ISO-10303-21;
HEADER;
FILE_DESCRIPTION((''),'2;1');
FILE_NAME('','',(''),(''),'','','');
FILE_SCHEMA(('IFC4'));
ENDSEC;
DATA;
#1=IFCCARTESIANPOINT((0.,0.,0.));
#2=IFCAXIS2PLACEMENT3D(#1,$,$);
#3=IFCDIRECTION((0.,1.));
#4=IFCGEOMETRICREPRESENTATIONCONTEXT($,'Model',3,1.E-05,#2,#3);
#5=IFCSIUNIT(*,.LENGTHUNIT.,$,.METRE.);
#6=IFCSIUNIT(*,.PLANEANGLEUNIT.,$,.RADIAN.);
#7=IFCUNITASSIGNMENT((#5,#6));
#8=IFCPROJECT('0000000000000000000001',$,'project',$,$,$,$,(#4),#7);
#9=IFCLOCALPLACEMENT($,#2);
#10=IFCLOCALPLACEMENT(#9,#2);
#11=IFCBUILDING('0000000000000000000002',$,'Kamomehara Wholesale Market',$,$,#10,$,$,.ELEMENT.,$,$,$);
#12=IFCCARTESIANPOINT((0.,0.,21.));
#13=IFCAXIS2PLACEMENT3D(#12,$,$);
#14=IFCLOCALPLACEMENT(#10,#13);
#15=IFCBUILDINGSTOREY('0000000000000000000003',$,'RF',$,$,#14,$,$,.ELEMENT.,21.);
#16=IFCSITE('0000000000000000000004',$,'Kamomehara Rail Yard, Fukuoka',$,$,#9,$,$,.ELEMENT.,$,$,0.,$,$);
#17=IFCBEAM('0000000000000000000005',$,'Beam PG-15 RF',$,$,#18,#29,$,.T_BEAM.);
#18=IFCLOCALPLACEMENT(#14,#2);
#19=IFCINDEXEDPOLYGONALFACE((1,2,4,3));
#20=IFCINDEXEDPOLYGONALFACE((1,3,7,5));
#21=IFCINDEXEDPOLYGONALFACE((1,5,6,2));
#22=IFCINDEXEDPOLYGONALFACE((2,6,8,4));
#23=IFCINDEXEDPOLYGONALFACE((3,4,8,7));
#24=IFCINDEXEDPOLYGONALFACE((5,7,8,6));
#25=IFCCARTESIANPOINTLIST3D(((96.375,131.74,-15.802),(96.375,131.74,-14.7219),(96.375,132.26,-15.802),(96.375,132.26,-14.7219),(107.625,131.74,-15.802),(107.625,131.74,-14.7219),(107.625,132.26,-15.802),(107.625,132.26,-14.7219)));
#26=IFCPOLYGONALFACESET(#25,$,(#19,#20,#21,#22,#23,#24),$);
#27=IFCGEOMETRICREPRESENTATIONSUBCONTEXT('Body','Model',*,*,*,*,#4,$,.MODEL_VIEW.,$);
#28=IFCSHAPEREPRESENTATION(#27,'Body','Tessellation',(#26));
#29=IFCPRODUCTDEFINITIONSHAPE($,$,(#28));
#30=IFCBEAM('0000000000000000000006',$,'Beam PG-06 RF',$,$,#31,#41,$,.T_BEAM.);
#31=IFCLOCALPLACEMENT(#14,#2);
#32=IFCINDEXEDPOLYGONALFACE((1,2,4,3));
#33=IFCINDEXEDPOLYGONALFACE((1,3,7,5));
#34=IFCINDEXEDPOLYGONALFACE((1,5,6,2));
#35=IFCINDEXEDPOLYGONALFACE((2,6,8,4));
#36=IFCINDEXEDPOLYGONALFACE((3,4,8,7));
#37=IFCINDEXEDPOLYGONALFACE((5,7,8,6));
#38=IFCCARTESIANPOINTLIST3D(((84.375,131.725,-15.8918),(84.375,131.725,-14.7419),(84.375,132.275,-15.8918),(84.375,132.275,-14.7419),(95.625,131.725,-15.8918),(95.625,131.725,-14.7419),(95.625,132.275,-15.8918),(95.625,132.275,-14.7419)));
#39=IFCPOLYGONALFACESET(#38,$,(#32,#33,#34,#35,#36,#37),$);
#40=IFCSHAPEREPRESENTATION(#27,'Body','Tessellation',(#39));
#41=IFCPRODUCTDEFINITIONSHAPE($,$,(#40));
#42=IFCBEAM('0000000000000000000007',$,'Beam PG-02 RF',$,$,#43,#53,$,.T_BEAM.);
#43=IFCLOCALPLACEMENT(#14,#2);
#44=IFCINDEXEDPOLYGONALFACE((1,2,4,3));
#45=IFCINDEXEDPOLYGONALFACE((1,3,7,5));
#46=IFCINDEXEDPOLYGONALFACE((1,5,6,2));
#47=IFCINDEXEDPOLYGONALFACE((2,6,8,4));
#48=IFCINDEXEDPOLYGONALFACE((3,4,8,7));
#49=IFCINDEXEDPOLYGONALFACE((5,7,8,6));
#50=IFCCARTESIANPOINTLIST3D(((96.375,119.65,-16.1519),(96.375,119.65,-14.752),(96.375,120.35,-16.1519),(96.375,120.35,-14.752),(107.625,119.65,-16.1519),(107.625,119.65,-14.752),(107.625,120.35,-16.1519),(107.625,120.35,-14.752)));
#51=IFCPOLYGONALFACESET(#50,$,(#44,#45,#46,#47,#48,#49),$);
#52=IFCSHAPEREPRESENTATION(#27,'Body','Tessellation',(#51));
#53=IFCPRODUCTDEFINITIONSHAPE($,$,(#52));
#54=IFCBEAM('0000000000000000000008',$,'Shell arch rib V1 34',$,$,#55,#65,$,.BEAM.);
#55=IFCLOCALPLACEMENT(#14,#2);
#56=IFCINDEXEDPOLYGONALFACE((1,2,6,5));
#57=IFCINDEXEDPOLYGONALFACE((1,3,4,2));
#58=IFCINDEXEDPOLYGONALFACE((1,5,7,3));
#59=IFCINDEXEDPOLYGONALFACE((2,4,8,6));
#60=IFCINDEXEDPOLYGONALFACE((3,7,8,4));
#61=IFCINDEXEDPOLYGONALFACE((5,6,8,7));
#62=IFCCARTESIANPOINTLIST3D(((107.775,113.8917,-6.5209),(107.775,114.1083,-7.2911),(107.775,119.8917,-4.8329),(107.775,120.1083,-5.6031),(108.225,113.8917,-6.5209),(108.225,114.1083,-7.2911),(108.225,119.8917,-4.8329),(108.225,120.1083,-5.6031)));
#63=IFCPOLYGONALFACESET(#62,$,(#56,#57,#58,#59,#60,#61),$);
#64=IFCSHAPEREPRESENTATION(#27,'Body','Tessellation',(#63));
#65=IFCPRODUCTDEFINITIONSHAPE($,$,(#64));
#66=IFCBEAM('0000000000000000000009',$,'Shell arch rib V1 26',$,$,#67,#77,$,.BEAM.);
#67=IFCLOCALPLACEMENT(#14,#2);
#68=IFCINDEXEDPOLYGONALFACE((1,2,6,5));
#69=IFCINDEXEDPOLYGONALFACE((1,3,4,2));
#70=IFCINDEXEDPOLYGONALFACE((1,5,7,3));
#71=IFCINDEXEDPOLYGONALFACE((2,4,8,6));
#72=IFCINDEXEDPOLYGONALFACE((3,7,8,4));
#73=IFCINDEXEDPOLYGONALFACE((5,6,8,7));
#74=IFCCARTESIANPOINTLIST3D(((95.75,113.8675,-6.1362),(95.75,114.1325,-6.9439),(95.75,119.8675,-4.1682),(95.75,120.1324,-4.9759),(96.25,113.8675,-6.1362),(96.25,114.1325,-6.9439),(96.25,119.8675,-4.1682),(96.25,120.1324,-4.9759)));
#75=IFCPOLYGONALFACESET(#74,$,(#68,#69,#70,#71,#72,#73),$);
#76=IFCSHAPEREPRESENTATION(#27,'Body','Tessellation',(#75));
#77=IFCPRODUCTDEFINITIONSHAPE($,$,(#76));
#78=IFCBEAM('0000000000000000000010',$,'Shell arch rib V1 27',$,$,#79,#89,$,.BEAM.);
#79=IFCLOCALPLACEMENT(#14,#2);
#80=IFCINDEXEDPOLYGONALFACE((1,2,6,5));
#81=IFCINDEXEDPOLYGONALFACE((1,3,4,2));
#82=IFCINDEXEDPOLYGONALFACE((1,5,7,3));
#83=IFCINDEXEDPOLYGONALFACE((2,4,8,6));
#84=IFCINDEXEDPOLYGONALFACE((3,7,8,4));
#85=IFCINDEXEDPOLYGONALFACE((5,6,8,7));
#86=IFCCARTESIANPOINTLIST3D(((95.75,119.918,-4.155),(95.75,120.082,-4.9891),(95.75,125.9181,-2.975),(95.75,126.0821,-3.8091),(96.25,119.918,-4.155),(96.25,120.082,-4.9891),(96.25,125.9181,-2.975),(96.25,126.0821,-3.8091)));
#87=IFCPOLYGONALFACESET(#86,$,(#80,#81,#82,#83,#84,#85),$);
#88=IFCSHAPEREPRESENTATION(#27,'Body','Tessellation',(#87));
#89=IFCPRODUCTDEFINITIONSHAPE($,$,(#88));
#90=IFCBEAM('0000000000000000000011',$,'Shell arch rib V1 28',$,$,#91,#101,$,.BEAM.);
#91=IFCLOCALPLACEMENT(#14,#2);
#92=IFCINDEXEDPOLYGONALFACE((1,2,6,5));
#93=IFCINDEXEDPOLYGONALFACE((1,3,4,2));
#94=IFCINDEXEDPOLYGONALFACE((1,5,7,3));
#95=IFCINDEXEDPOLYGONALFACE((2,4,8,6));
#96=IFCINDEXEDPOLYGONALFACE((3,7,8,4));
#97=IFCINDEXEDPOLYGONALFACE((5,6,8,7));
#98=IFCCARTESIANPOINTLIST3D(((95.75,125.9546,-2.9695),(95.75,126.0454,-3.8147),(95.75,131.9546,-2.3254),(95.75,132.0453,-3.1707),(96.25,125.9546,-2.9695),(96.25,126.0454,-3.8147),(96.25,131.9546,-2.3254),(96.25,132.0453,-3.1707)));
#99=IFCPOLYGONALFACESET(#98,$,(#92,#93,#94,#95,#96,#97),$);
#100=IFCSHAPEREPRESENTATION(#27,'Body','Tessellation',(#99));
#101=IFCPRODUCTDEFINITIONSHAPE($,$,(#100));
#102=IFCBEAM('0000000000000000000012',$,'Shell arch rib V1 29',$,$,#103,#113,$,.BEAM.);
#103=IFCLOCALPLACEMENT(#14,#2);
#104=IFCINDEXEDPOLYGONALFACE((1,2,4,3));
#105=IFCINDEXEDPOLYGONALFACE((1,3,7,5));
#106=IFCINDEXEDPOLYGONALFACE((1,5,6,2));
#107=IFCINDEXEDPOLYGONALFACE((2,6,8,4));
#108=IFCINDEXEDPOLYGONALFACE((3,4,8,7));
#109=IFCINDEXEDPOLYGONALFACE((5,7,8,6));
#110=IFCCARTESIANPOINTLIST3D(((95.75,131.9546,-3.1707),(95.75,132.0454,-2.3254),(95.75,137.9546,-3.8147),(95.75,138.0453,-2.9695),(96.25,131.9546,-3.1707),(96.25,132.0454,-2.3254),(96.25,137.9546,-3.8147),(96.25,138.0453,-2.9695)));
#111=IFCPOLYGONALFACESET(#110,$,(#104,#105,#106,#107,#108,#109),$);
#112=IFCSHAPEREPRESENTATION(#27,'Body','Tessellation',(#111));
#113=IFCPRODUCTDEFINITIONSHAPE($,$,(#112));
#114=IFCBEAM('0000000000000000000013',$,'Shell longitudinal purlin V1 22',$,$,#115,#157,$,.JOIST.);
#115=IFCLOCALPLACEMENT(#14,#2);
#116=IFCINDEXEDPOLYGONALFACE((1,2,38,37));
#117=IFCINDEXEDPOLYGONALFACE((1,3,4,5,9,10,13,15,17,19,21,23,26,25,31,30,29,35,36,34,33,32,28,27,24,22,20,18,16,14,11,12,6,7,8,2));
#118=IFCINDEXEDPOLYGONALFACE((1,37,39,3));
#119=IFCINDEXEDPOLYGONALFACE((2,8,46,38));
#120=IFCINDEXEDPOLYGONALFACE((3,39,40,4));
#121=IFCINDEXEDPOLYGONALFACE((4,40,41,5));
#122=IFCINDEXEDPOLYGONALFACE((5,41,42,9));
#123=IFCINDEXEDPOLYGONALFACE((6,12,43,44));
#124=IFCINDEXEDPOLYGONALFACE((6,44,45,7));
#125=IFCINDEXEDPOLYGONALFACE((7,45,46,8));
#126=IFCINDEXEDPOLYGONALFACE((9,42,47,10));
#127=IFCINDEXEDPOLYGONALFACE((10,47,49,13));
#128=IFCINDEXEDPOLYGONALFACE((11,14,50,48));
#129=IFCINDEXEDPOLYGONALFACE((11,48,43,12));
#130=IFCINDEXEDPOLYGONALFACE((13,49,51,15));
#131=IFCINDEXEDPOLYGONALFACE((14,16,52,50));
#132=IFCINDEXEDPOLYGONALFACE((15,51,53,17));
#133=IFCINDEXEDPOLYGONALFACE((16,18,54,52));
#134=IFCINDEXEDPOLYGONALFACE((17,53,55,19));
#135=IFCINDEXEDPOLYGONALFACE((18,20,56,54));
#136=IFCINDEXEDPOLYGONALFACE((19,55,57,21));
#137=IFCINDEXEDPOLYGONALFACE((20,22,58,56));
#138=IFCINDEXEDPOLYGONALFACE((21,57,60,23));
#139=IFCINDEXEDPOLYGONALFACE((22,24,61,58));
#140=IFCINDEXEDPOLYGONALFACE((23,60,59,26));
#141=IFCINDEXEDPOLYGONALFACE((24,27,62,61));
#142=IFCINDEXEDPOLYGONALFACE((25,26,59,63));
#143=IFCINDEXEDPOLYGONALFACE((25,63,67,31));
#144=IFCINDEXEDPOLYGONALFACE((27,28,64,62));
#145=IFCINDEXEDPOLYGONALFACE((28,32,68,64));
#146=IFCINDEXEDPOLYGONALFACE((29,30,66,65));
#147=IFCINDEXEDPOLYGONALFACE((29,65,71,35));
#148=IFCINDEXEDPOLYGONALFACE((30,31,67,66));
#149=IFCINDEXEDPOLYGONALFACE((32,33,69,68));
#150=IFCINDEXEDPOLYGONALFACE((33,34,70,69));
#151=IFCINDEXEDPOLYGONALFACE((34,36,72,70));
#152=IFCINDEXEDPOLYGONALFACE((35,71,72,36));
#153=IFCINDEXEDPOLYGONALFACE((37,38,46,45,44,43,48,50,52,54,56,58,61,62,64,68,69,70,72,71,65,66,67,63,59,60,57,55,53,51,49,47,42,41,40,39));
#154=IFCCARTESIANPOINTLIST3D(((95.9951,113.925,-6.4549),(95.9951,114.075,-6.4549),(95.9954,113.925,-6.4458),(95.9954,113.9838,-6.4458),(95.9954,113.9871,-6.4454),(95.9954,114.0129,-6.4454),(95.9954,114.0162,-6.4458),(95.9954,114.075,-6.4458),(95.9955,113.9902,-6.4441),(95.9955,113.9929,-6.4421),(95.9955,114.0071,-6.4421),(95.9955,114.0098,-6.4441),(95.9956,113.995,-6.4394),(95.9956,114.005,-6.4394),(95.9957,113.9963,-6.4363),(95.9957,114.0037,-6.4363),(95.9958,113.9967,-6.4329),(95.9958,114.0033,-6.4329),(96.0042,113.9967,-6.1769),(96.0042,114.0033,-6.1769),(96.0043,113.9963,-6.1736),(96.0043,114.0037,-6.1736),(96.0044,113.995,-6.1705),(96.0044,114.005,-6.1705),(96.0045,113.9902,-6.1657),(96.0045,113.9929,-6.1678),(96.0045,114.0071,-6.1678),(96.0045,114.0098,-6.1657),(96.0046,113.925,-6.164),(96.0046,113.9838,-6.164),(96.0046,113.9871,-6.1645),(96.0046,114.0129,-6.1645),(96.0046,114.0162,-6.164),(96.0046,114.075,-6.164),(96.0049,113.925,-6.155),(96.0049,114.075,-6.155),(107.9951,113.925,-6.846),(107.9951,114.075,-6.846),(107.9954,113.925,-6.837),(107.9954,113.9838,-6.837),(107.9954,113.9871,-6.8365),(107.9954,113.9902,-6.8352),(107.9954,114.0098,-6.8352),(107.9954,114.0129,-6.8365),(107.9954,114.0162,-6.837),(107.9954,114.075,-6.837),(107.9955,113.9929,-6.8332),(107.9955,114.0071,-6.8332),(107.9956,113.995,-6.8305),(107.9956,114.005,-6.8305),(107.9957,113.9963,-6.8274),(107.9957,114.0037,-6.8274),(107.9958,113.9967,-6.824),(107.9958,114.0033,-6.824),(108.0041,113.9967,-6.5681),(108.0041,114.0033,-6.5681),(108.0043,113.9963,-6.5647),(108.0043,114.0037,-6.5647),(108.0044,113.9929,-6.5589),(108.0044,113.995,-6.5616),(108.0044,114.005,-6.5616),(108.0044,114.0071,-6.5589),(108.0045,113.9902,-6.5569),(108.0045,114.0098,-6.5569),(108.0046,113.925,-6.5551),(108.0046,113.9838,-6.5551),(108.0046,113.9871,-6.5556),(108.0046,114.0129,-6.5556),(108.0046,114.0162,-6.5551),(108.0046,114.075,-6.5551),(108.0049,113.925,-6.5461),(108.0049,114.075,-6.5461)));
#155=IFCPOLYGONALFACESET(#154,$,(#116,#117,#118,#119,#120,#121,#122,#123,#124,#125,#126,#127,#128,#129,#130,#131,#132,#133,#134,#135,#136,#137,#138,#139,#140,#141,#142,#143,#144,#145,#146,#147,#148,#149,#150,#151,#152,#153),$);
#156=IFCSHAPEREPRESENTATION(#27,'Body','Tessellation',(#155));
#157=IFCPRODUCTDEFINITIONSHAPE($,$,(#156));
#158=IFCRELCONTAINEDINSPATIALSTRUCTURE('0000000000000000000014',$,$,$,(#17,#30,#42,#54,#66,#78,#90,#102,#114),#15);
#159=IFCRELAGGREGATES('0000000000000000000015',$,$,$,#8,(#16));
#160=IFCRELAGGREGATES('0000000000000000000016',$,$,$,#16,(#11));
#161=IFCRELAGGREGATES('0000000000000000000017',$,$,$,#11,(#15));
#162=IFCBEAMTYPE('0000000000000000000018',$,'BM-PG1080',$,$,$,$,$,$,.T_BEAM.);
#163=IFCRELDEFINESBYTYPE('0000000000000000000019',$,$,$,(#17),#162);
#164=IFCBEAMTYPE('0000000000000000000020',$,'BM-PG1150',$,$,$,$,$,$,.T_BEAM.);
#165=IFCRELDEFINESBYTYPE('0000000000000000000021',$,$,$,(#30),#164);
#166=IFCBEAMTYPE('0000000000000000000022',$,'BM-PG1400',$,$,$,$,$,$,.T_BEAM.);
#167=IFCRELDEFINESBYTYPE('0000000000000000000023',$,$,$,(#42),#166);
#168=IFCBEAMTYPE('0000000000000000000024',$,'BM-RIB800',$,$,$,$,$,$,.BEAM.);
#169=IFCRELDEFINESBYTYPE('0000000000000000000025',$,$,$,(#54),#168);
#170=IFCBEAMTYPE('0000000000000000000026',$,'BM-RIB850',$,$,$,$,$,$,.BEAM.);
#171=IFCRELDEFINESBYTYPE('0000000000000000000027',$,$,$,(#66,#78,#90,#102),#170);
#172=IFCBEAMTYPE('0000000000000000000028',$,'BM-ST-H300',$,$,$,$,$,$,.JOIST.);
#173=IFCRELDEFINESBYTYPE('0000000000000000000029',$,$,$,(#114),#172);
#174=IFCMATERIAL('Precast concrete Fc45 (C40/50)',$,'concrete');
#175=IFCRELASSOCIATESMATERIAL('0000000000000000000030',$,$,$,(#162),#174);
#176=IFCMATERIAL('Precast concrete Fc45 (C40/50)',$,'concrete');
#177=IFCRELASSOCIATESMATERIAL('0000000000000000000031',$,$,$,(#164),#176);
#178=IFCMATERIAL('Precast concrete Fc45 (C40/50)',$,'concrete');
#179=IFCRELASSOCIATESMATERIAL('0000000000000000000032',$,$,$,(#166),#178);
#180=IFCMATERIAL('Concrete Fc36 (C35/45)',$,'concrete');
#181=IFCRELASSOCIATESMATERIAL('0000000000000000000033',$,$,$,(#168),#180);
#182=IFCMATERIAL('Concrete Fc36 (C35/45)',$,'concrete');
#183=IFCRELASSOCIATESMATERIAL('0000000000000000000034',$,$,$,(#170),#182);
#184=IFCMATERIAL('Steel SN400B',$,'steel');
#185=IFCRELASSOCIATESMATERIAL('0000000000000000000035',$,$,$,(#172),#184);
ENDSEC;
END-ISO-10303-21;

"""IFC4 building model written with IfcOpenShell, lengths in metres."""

from ifc_helpers import new_model, si_unit, direction, frame, origin, origin_2d, place, context, subcontext, project, spatial, rectangle, i_section, extrude, material, material_profile, profile_set, type_object, element, save


model = new_model("IFC4")

# Units and contexts
model_context = context("Model", 3, precision=1e-05, world=origin(), true_north=direction((0.0, 1.0)))
body_context = subcontext(model_context, "Body", "Model", "MODEL_VIEW")
ifc_project = project(units=[si_unit("LENGTHUNIT", "METRE"), si_unit("PLANEANGLEUNIT", "RADIAN")], contexts=[model_context])

# Site, building, storey
site_placement = place(None, origin())
site = spatial("IfcSite", under=ifc_project, at=site_placement, Name="Kamomehara Rail Yard, Fukuoka", CompositionType="ELEMENT", RefElevation=0.0)
building_placement = place(site_placement, origin())
building = spatial("IfcBuilding", under=site, at=building_placement, Name="Kamomehara Wholesale Market", CompositionType="ELEMENT")
storey_placement = place(building_placement, frame((0.0, 0.0, 21.0)))
storey = spatial("IfcBuildingStorey", under=building, at=storey_placement, Name="RF", CompositionType="ELEMENT", Elevation=21.0)

# Beams
ifc_material_1 = material(Name="Precast concrete Fc45 (C40/50)", Category="concrete")
ifc_material_profile_1 = material_profile(ifc_material_1, rectangle(XDim=0.52, YDim=1.0801, at=origin_2d()), Name="PC-GRD-520x1080")
ifc_profile_set_1 = profile_set([ifc_material_profile_1], Name="Precast concrete Fc45 (C40/50)")
beam_type_1 = type_object("IfcBeamType", Name="BM-PG1080", PredefinedType="T_BEAM", material=ifc_profile_set_1)
beam_1_placement = place(storey_placement, frame((96.375, 132.0, -15.262), z_axis=(1.0, 0.0, 0.0), x_axis=(0.0, 1.0, 0.0)))
element("IfcBeam", 1, at=beam_1_placement, inside=storey, type_object=beam_type_1, Name="Beam PG-15 RF", PredefinedType="T_BEAM", context=body_context, shape_type="SweptSolid", body=[
    extrude(rectangle(XDim=0.52, YDim=1.0801, at=origin_2d()), origin(), (0.0, 0.0, 1.0), 11.25),
])
ifc_material_2 = material(Name="Precast concrete Fc45 (C40/50)", Category="concrete")
ifc_material_profile_2 = material_profile(ifc_material_2, rectangle(XDim=0.55, YDim=1.1499, at=origin_2d()), Name="PC-GRD-550x1150")
ifc_profile_set_2 = profile_set([ifc_material_profile_2], Name="Precast concrete Fc45 (C40/50)")
beam_type_2 = type_object("IfcBeamType", Name="BM-PG1150", PredefinedType="T_BEAM", material=ifc_profile_set_2)
beam_2_placement = place(storey_placement, frame((84.375, 132.0, -15.3169), z_axis=(1.0, 0.0, 0.0), x_axis=(0.0, 1.0, 0.0)))
element("IfcBeam", 2, at=beam_2_placement, inside=storey, type_object=beam_type_2, Name="Beam PG-06 RF", PredefinedType="T_BEAM", context=body_context, shape_type="SweptSolid", body=[
    extrude(rectangle(XDim=0.55, YDim=1.1499, at=origin_2d()), origin(), (0.0, 0.0, 1.0), 11.25),
])
ifc_material_3 = material(Name="Precast concrete Fc45 (C40/50)", Category="concrete")
ifc_material_profile_3 = material_profile(ifc_material_3, rectangle(XDim=0.7, YDim=1.3999, at=origin_2d()), Name="PC-GRD-700x1400")
ifc_profile_set_3 = profile_set([ifc_material_profile_3], Name="Precast concrete Fc45 (C40/50)")
beam_type_3 = type_object("IfcBeamType", Name="BM-PG1400", PredefinedType="T_BEAM", material=ifc_profile_set_3)
beam_3_placement = place(storey_placement, frame((96.375, 120.0, -15.4519), z_axis=(1.0, 0.0, 0.0), x_axis=(0.0, 1.0, 0.0)))
element("IfcBeam", 3, at=beam_3_placement, inside=storey, type_object=beam_type_3, Name="Beam PG-02 RF", PredefinedType="T_BEAM", context=body_context, shape_type="SweptSolid", body=[
    extrude(rectangle(XDim=0.7, YDim=1.3999, at=origin_2d()), origin(), (0.0, 0.0, 1.0), 11.25),
])
ifc_material_4 = material(Name="Concrete Fc36 (C35/45)", Category="concrete")
ifc_material_profile_4 = material_profile(ifc_material_4, rectangle(XDim=0.45, YDim=0.8, at=origin_2d()), Name="RC-RIB-450x800")
ifc_profile_set_4 = profile_set([ifc_material_profile_4], Name="Concrete Fc36 (C35/45)")
beam_type_4 = type_object("IfcBeamType", Name="BM-RIB800", PredefinedType="BEAM", material=ifc_profile_set_4)
beam_4_placement = place(storey_placement, frame((108.0, 114.0, -6.906), z_axis=(0.0, 0.962631, 0.270818), x_axis=(-1.0, 0.0, 0.0)))
element("IfcBeam", 4, at=beam_4_placement, inside=storey, type_object=beam_type_4, Name="Shell arch rib V1 34", PredefinedType="BEAM", context=body_context, shape_type="SweptSolid", body=[
    extrude(rectangle(XDim=0.45, YDim=0.8, at=origin_2d()), origin(), (0.0, 0.0, 1.0), 6.2329),
])
ifc_material_5 = material(Name="Concrete Fc36 (C35/45)", Category="concrete")
ifc_material_profile_5 = material_profile(ifc_material_5, rectangle(XDim=0.5, YDim=0.8501, at=origin_2d()), Name="RC-RIB-500x850")
ifc_profile_set_5 = profile_set([ifc_material_profile_5], Name="Concrete Fc36 (C35/45)")
beam_type_5 = type_object("IfcBeamType", Name="BM-RIB850", PredefinedType="BEAM", material=ifc_profile_set_5)
beam_5_placement = place(storey_placement, frame((96.0, 114.0, -6.54), z_axis=(0.0, 0.950192, 0.311666), x_axis=(-1.0, 0.0, 0.0)))
element("IfcBeam", 5, at=beam_5_placement, inside=storey, type_object=beam_type_5, Name="Shell arch rib V1 26", PredefinedType="BEAM", context=body_context, shape_type="SweptSolid", body=[
    extrude(rectangle(XDim=0.5, YDim=0.8501, at=origin_2d()), origin(), (0.0, 0.0, 1.0), 6.3145),
])
beam_6_placement = place(storey_placement, frame((96.0, 120.0, -4.572), z_axis=(0.0, 0.981207, 0.192959), x_axis=(-1.0, 0.0, 0.0)))
element("IfcBeam", 6, at=beam_6_placement, inside=storey, type_object=beam_type_5, Name="Shell arch rib V1 27", PredefinedType="BEAM", context=body_context, shape_type="SweptSolid", body=[
    extrude(rectangle(XDim=0.5, YDim=0.8501, at=origin_2d()), origin(), (0.0, 0.0, 1.0), 6.115),
])
for number, where, z_axis, x_axis, name in (
    (7, (96.0, 126.0, -3.3921), (0.0, 0.994288, 0.106727), (-1.0, 0.0, 0.0), "Shell arch rib V1 28"),
    (8, (96.0, 132.0, -2.748), (0.0, 0.994288, -0.106727), (-1.0, 0.0, 0.0), "Shell arch rib V1 29"),
):
    element("IfcBeam", number, at=place(storey_placement, frame(where, z_axis=z_axis, x_axis=x_axis)), inside=storey, type_object=beam_type_5, Name=name, PredefinedType="BEAM", context=body_context, shape_type="SweptSolid", body=[
        extrude(rectangle(XDim=0.5, YDim=0.8501, at=origin_2d()), origin(), (0.0, 0.0, 1.0), 6.0344),
    ])
ifc_material_6 = material(Name="Steel SN400B", Category="steel")
ifc_material_profile_6 = material_profile(ifc_material_6, i_section(OverallWidth=0.1499, OverallDepth=0.3, WebThickness=0.0066, FlangeThickness=0.009, FilletRadius=0.0129, at=origin_2d()), Name="H-300x150x6.5x9")
ifc_profile_set_6 = profile_set([ifc_material_profile_6], Name="Steel SN400B")
beam_type_6 = type_object("IfcBeamType", Name="BM-ST-H300", PredefinedType="JOIST", material=ifc_profile_set_6)
beam_7_placement = place(storey_placement, frame((96.0, 114.0, -6.3049), z_axis=(0.999469, 0.0, -0.032575), x_axis=(0.0, 1.0, 0.0)))
element("IfcBeam", 9, at=beam_7_placement, inside=storey, type_object=beam_type_6, Name="Shell longitudinal purlin V1 22", PredefinedType="JOIST", context=body_context, shape_type="SweptSolid", body=[
    extrude(i_section(OverallWidth=0.1499, OverallDepth=0.3, WebThickness=0.0066, FlangeThickness=0.009, FilletRadius=0.0129, at=origin_2d()), origin(), (0.0, 0.0, 1.0), 12.0063),
])

save(model, "model.ifc")
